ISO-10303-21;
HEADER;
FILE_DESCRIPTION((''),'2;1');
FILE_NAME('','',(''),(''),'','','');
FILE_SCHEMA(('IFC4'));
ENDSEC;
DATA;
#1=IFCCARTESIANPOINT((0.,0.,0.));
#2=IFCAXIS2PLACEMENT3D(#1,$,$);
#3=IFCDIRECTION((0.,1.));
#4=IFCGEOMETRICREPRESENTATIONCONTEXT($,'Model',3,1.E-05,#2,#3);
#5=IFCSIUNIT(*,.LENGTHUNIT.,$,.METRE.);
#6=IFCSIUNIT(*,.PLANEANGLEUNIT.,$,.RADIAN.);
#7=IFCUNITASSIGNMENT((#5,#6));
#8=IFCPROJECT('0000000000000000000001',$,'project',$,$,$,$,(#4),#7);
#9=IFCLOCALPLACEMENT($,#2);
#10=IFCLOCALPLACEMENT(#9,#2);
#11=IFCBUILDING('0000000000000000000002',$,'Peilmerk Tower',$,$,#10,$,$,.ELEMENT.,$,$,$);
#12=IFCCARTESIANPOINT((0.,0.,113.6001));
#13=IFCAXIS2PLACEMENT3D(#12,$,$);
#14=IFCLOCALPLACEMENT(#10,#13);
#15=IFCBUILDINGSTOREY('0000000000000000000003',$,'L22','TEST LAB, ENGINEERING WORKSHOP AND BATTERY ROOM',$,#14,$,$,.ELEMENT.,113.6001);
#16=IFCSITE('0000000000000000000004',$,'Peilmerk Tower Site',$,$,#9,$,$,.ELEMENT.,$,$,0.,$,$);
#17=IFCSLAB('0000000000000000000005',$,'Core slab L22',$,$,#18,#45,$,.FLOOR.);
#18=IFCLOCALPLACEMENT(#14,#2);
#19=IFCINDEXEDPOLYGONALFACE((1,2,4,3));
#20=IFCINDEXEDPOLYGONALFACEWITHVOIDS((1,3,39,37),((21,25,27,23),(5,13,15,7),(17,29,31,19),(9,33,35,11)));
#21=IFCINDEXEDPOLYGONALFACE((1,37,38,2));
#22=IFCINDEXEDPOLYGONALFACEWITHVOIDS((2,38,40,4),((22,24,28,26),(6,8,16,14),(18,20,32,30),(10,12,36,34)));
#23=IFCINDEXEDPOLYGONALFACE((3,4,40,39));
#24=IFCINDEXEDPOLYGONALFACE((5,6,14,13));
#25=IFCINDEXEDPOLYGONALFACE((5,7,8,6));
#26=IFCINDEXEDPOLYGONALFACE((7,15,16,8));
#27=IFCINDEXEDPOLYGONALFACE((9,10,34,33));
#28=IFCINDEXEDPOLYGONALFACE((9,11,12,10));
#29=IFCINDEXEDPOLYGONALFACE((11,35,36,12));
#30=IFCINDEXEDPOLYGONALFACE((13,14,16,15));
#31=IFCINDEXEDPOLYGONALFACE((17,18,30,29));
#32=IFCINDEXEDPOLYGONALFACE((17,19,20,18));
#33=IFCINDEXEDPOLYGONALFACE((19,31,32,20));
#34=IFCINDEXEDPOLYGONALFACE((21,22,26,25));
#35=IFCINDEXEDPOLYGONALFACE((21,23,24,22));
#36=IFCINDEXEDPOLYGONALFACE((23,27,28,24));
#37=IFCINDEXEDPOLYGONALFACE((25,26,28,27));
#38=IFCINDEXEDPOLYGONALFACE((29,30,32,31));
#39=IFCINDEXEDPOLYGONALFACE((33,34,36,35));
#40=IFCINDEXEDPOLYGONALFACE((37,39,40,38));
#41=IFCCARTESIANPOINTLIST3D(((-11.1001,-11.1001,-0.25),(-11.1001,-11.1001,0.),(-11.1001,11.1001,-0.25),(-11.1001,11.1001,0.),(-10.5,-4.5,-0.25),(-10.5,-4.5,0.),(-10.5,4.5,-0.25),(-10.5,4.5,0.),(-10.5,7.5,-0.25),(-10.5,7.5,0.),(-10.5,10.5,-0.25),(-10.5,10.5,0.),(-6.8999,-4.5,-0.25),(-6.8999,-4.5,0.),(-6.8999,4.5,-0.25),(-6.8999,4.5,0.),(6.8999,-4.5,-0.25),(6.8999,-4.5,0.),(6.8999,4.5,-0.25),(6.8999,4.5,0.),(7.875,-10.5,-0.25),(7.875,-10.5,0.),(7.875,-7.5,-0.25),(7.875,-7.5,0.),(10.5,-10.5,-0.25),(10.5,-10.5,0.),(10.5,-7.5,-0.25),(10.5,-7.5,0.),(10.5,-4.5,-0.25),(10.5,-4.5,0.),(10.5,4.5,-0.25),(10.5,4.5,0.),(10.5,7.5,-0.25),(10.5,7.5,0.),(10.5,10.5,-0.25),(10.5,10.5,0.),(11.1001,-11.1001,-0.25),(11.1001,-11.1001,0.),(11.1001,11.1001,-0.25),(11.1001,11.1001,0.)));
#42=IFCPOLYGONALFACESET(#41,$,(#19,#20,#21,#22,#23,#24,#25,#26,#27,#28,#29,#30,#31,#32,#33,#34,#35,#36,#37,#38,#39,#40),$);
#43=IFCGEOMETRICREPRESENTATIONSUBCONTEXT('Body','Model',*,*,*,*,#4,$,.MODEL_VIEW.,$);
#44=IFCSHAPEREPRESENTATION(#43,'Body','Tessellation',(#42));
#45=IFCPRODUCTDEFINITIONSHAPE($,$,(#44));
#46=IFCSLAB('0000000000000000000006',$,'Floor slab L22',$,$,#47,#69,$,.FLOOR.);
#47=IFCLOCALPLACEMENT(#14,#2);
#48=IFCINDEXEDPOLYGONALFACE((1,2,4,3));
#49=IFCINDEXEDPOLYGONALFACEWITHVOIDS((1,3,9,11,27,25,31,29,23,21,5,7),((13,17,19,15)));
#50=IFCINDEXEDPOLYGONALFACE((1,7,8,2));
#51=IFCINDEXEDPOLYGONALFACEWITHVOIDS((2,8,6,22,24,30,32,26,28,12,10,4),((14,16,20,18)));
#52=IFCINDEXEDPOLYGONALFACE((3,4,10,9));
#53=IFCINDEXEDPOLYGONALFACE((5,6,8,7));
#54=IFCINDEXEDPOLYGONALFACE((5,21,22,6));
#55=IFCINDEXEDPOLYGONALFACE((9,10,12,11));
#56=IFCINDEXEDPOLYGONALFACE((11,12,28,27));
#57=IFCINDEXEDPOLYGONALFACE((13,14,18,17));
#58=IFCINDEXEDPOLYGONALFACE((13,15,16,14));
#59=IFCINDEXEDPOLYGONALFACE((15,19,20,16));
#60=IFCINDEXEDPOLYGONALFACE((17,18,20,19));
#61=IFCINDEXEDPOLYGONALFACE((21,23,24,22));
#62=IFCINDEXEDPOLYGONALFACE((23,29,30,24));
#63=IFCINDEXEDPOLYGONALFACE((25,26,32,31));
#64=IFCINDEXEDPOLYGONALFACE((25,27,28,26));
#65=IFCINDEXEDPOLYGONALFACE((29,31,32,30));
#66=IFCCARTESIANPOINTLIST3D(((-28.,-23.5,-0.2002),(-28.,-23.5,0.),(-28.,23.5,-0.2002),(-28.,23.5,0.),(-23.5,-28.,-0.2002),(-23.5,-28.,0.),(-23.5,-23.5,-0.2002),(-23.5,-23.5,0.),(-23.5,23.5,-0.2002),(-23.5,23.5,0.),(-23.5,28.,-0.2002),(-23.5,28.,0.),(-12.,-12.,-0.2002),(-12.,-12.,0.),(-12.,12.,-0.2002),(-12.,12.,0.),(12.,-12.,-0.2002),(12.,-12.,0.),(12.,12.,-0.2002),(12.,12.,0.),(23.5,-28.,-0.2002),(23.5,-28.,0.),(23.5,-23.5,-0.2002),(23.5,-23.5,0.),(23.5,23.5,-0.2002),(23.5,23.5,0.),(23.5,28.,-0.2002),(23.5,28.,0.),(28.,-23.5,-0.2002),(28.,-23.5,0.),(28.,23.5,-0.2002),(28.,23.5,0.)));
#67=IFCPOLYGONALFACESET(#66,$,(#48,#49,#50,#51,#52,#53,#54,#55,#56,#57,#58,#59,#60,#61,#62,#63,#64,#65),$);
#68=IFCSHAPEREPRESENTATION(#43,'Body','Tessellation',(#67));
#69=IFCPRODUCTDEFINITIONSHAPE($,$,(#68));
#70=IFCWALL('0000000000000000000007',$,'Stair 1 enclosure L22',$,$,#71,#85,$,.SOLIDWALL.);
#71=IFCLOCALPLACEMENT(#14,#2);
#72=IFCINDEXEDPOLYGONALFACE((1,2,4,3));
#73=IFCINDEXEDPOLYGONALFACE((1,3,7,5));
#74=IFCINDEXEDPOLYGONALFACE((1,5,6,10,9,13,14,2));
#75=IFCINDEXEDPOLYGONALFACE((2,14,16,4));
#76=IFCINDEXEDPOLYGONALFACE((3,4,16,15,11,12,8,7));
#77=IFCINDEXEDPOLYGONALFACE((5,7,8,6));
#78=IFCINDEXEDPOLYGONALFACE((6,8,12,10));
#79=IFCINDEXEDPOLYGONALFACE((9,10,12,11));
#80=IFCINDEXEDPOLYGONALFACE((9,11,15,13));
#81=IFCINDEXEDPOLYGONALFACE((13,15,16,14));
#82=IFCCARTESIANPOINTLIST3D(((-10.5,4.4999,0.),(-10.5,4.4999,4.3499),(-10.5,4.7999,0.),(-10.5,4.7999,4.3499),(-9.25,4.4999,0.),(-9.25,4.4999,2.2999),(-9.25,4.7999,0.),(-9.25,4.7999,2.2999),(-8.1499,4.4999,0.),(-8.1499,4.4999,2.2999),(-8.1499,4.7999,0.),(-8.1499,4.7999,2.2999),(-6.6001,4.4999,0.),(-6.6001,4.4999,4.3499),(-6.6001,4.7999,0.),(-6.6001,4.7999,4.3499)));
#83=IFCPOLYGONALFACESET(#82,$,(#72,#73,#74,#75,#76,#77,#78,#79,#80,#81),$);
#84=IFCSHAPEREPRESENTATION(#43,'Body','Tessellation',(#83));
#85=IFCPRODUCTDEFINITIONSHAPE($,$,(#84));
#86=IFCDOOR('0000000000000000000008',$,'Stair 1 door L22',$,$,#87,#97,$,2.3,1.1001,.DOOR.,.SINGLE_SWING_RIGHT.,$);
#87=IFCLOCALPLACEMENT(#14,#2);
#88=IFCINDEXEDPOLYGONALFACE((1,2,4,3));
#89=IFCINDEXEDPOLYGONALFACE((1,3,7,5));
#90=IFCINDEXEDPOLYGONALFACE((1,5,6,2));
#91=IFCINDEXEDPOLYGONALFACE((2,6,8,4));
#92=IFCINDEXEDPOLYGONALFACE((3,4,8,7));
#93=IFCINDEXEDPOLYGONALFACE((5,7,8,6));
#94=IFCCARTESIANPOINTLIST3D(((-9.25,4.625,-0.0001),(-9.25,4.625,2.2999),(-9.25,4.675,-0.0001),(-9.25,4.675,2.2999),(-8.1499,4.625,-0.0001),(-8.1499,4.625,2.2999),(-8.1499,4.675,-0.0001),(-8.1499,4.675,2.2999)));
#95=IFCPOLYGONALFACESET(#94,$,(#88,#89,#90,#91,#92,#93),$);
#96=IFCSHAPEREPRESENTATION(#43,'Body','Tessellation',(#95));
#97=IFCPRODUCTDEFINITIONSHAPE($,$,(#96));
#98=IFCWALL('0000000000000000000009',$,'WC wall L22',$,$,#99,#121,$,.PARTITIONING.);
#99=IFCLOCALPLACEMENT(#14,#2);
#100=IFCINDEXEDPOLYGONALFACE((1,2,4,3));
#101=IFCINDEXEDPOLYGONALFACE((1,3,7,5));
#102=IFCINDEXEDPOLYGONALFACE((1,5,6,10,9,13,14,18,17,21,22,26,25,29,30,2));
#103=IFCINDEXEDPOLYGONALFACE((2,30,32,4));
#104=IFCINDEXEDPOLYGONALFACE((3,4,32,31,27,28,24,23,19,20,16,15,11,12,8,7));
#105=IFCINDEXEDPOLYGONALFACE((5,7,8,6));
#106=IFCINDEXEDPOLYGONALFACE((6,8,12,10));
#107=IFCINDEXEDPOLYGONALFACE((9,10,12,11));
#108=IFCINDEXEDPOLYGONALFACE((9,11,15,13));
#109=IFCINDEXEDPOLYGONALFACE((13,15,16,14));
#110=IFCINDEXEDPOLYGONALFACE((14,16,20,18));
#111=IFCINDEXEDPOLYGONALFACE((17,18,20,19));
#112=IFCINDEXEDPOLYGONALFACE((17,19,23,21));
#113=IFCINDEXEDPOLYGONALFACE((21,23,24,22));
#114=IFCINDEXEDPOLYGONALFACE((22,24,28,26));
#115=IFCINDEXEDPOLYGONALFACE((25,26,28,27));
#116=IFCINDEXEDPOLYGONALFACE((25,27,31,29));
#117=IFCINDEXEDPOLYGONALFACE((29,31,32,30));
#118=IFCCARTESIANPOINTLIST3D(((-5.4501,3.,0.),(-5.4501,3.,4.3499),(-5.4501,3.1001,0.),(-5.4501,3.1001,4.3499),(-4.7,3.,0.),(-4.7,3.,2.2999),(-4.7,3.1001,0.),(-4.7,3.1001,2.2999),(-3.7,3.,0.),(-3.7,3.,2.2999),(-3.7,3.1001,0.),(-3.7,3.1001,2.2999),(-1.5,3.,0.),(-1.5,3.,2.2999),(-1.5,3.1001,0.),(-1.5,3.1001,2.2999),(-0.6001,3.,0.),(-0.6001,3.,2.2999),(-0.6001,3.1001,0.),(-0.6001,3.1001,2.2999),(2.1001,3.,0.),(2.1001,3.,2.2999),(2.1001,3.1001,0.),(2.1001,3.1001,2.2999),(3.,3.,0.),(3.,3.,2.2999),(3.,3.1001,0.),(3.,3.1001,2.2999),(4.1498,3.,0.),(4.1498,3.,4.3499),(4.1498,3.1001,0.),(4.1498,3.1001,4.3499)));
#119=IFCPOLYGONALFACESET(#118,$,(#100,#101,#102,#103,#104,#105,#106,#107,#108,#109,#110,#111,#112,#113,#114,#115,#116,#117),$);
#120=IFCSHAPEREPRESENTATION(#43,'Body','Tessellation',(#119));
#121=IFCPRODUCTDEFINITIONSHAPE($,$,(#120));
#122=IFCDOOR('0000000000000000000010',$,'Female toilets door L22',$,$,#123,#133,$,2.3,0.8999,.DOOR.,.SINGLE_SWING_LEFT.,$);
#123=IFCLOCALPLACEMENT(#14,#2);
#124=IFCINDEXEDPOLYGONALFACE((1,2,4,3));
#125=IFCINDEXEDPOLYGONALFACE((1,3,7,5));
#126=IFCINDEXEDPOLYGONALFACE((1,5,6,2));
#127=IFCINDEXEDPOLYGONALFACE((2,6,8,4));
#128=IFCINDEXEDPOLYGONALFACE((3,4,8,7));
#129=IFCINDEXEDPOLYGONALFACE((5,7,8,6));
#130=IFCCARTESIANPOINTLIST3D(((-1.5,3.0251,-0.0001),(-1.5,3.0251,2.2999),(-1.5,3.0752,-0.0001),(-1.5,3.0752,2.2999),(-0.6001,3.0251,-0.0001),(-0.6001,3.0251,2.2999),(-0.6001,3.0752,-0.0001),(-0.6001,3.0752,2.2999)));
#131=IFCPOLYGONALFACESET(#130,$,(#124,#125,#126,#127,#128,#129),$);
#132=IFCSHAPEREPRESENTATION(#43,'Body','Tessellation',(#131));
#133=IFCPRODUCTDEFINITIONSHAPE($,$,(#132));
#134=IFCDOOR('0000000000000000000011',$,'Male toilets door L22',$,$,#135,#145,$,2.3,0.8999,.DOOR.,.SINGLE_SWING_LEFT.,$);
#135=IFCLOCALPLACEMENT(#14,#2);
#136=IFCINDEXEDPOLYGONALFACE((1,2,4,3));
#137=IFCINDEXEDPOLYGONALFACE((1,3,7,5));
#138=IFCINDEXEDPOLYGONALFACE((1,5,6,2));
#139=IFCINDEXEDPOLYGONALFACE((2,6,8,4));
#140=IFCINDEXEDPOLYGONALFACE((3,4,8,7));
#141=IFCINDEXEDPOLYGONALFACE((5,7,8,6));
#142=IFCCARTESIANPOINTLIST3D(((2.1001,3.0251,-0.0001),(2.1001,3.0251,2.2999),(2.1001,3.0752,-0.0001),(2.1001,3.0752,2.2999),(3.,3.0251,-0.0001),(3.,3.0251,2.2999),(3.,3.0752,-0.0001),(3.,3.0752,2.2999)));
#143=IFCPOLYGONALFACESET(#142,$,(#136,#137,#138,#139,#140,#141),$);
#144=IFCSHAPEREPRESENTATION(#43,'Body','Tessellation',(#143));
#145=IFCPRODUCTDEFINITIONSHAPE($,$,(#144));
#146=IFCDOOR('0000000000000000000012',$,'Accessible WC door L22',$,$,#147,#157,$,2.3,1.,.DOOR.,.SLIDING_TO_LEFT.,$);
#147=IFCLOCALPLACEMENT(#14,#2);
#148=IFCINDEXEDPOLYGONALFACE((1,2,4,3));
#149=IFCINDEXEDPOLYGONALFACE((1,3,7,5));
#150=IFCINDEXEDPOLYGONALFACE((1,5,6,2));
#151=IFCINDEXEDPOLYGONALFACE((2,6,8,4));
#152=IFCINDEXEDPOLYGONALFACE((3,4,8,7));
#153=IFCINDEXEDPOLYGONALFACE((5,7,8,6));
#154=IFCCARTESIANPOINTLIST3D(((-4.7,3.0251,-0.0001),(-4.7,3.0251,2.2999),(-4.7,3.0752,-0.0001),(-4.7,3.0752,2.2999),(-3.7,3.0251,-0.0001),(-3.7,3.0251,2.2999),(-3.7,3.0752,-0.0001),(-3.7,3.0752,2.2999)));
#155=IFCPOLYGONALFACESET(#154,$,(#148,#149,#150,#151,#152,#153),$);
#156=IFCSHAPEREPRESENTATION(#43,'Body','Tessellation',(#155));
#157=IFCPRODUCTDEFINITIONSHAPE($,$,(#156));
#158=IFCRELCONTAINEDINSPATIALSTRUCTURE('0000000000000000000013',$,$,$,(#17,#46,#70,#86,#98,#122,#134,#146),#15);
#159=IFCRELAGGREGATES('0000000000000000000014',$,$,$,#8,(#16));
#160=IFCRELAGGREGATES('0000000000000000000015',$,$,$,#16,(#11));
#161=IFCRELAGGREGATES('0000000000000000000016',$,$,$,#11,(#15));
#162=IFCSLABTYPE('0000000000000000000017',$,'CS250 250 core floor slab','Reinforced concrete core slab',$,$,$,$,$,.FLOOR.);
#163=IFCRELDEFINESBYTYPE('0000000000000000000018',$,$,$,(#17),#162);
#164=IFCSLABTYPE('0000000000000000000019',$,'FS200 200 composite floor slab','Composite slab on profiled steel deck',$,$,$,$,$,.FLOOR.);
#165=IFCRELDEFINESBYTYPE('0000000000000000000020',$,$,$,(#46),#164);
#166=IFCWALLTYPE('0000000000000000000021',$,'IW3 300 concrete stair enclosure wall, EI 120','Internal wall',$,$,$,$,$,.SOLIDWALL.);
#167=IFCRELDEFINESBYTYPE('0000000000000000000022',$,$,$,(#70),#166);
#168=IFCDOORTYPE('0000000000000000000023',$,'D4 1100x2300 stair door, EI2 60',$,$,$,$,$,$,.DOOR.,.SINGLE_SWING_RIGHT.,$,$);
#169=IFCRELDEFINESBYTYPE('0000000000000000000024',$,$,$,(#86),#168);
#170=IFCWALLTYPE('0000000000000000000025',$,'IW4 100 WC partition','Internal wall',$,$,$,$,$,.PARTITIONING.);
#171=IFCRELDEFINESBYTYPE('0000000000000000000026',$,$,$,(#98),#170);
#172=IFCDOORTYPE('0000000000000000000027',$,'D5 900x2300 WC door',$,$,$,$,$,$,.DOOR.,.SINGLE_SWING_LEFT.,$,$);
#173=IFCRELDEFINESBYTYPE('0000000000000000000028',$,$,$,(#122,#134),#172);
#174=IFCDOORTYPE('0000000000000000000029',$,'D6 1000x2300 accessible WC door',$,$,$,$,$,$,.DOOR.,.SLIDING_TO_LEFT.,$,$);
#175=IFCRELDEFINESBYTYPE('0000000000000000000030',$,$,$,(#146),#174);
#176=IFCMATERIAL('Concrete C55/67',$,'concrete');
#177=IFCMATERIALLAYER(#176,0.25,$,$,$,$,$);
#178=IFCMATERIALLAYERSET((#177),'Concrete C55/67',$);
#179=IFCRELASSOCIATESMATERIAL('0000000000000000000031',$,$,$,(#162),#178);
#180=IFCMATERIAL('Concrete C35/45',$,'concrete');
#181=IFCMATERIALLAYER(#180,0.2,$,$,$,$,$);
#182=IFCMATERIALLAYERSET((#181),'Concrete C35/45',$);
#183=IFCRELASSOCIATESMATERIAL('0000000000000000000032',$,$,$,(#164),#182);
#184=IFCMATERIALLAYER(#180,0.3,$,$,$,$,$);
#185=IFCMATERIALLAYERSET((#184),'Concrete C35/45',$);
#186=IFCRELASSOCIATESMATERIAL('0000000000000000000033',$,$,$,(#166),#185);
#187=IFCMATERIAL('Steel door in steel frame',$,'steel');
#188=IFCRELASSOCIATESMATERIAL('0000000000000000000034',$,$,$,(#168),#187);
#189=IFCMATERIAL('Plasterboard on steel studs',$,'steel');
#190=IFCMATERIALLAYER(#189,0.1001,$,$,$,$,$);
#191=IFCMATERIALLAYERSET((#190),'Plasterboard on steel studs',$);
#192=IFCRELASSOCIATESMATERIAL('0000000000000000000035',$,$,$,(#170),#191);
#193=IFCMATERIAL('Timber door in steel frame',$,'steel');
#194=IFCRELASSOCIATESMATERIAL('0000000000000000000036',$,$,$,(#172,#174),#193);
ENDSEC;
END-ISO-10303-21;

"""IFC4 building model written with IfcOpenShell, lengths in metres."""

from ifc_helpers import new_model, si_unit, direction, frame, frame_2d, origin, place, context, subcontext, project, spatial, polyline, rectangle, outline, extrude, material, layer, layer_set, type_object, element, fill, save


model = new_model("IFC4")

# Units and contexts
model_context = context("Model", 3, precision=1e-05, world=origin(), true_north=direction((0.0, 1.0)))
body_context = subcontext(model_context, "Body", "Model", "MODEL_VIEW")
ifc_project = project(units=[si_unit("LENGTHUNIT", "METRE"), si_unit("PLANEANGLEUNIT", "RADIAN")], contexts=[model_context])

# Site, building, storey
site_placement = place(None, origin())
site = spatial("IfcSite", under=ifc_project, at=site_placement, Name="Peilmerk Tower Site", CompositionType="ELEMENT", RefElevation=0.0)
building_placement = place(site_placement, origin())
building = spatial("IfcBuilding", under=site, at=building_placement, Name="Peilmerk Tower", CompositionType="ELEMENT")
storey_placement = place(building_placement, frame((0.0, 0.0, 113.6001)))
storey = spatial("IfcBuildingStorey", under=building, at=storey_placement, Name="L22", Description="TEST LAB, ENGINEERING WORKSHOP AND BATTERY ROOM", CompositionType="ELEMENT", Elevation=113.6001)

# Slabs
ifc_material_1 = material(Name="Concrete C55/67", Category="concrete")
ifc_layer_1 = layer(ifc_material_1, 0.25)
ifc_layer_set_1 = layer_set([ifc_layer_1], Name="Concrete C55/67")
slab_type_1 = type_object("IfcSlabType", Name="CS250 250 core floor slab", Description="Reinforced concrete core slab", PredefinedType="FLOOR", material=ifc_layer_set_1)
slab_1_placement = place(storey_placement, frame((0.0, 0.0, -0.25)))
element("IfcSlab", 1, at=slab_1_placement, inside=storey, type_object=slab_type_1, Name="Core slab L22", PredefinedType="FLOOR", context=body_context, shape_type="SweptSolid", body=[
    extrude(outline(polyline([(-11.1001, 11.1001), (-11.1001, -11.1001), (11.1001, -11.1001), (11.1001, 11.1001), (-11.1001, 11.1001)]), holes=[polyline([(10.5, 7.5), (-10.5, 7.5), (-10.5, 10.5), (10.5, 10.5), (10.5, 7.5)]), polyline([(7.875, -10.5), (7.875, -7.5), (10.5, -7.5), (10.5, -10.5), (7.875, -10.5)]), polyline([(-10.5, 4.5), (-6.8999, 4.5), (-6.8999, -4.5), (-10.5, -4.5), (-10.5, 4.5)]), polyline([(10.5, 4.5), (10.5, -4.5), (6.8999, -4.5), (6.8999, 4.5), (10.5, 4.5)])]), origin(), (0.0, 0.0, 1.0), 0.25),
])
ifc_material_2 = material(Name="Concrete C35/45", Category="concrete")
ifc_layer_2 = layer(ifc_material_2, 0.2)
ifc_layer_set_2 = layer_set([ifc_layer_2], Name="Concrete C35/45")
slab_type_2 = type_object("IfcSlabType", Name="FS200 200 composite floor slab", Description="Composite slab on profiled steel deck", PredefinedType="FLOOR", material=ifc_layer_set_2)
slab_2_placement = place(storey_placement, frame((0.0, 0.0, -0.2002)))
element("IfcSlab", 2, at=slab_2_placement, inside=storey, type_object=slab_type_2, Name="Floor slab L22", PredefinedType="FLOOR", context=body_context, shape_type="SweptSolid", body=[
    extrude(outline(polyline([(-23.5, -28.0), (23.5, -28.0), (23.5, -23.5), (28.0, -23.5), (28.0, 23.5), (23.5, 23.5), (23.5, 28.0), (-23.5, 28.0), (-23.5, 23.5), (-28.0, 23.5), (-28.0, -23.5), (-23.5, -23.5), (-23.5, -28.0)]), holes=[polyline([(12.0, 12.0), (12.0, -12.0), (-12.0, -12.0), (-12.0, 12.0), (12.0, 12.0)])]), origin(), (0.0, 0.0, 1.0), 0.2002),
])

# Wall, opening, door
ifc_layer_3 = layer(ifc_material_2, 0.3)
ifc_layer_set_3 = layer_set([ifc_layer_3], Name="Concrete C35/45")
wall_type_1 = type_object("IfcWallType", Name="IW3 300 concrete stair enclosure wall, EI 120", Description="Internal wall", PredefinedType="SOLIDWALL", material=ifc_layer_set_3)
wall_1_placement = place(storey_placement, frame((-10.5, 4.6499, 0.0), z_axis=(0.0, 0.0, 1.0), x_axis=(1.0, 0.0, 0.0)))
wall_1 = element("IfcWall", 3, at=wall_1_placement, inside=storey, type_object=wall_type_1, Name="Stair 1 enclosure L22", PredefinedType="SOLIDWALL", context=body_context, shape_type="SweptSolid", body=[
    extrude(rectangle(XDim=3.8999, YDim=0.3, at=frame_2d((1.95, 0.0))), origin(), (0.0, 0.0, 1.0), 4.3499),
])
opening_1_placement = place(wall_1_placement, frame((1.25, 0.0, 0.0)))
opening_1 = element("IfcOpeningElement", 4, at=opening_1_placement, cuts=wall_1, PredefinedType="OPENING", context=body_context, shape_type="SweptSolid", body=[
    extrude(rectangle(XDim=1.1001, YDim=2.3, at=frame_2d((0.55, 1.1499))), frame((0.0, 0.1599, 0.0), z_axis=(0.0, -1.0, 0.0), x_axis=(1.0, 0.0, 0.0)), (0.0, 0.0, 1.0), 0.3201),
])
ifc_material_3 = material(Name="Steel door in steel frame", Category="steel")
door_type_1 = type_object("IfcDoorType", Name="D4 1100x2300 stair door, EI2 60", OperationType="SINGLE_SWING_RIGHT", PredefinedType="DOOR", material=ifc_material_3)
door_1_placement = place(opening_1_placement, frame((1.1001, 0.0, 0.0), z_axis=(0.0, 0.0, 1.0), x_axis=(-1.0, 0.0, 0.0)))
door_1 = element("IfcDoor", 5, at=door_1_placement, inside=storey, type_object=door_type_1, Name="Stair 1 door L22", OperationType="SINGLE_SWING_RIGHT", OverallHeight=2.3, OverallWidth=1.1001, PredefinedType="DOOR", context=body_context, shape_type="SweptSolid", body=[
    extrude(rectangle(XDim=1.1001, YDim=2.3, at=frame_2d((0.55, 1.1499))), frame((0.0, 0.0249, 0.0), z_axis=(0.0, -1.0, 0.0), x_axis=(1.0, 0.0, 0.0)), (0.0, 0.0, 1.0), 0.05),
])
fill(opening_1, door_1)

# Wall, openings, doors
ifc_material_4 = material(Name="Plasterboard on steel studs", Category="steel")
ifc_layer_4 = layer(ifc_material_4, 0.1001)
ifc_layer_set_4 = layer_set([ifc_layer_4], Name="Plasterboard on steel studs")
wall_type_2 = type_object("IfcWallType", Name="IW4 100 WC partition", Description="Internal wall", PredefinedType="PARTITIONING", material=ifc_layer_set_4)
wall_2_placement = place(storey_placement, frame((-5.45, 3.05, 0.0), z_axis=(0.0, 0.0, 1.0), x_axis=(1.0, 0.0, 0.0)))
wall_2 = element("IfcWall", 6, at=wall_2_placement, inside=storey, type_object=wall_type_2, Name="WC wall L22", PredefinedType="PARTITIONING", context=body_context, shape_type="SweptSolid", body=[
    extrude(rectangle(XDim=9.5999, YDim=0.1001, at=frame_2d((4.7998, 0.0))), origin(), (0.0, 0.0, 1.0), 4.3499),
])
opening_2_placement = place(wall_2_placement, frame((0.75, 0.0, 0.0)))
opening_2 = element("IfcOpeningElement", 7, at=opening_2_placement, cuts=wall_2, PredefinedType="OPENING", context=body_context, shape_type="SweptSolid", body=[
    extrude(rectangle(XDim=1.0, YDim=2.3, at=frame_2d((0.5, 1.1499))), frame((0.0, 0.0601, 0.0), z_axis=(0.0, -1.0, 0.0), x_axis=(1.0, 0.0, 0.0)), (0.0, 0.0, 1.0), 0.1201),
])
opening_3_placement = place(wall_2_placement, frame((3.95, 0.0, 0.0)))
opening_3 = element("IfcOpeningElement", 8, at=opening_3_placement, cuts=wall_2, PredefinedType="OPENING", context=body_context, shape_type="SweptSolid", body=[
    extrude(rectangle(XDim=0.8999, YDim=2.3, at=frame_2d((0.45, 1.1499))), frame((0.0, 0.0601, 0.0), z_axis=(0.0, -1.0, 0.0), x_axis=(1.0, 0.0, 0.0)), (0.0, 0.0, 1.0), 0.1201),
])
opening_4_placement = place(wall_2_placement, frame((7.55, 0.0, 0.0)))
opening_4 = element("IfcOpeningElement", 9, at=opening_4_placement, cuts=wall_2, PredefinedType="OPENING", context=body_context, shape_type="SweptSolid", body=[
    extrude(rectangle(XDim=0.8999, YDim=2.3, at=frame_2d((0.45, 1.1499))), frame((0.0, 0.0601, 0.0), z_axis=(0.0, -1.0, 0.0), x_axis=(1.0, 0.0, 0.0)), (0.0, 0.0, 1.0), 0.1201),
])
ifc_material_5 = material(Name="Timber door in steel frame", Category="steel")
door_type_2 = type_object("IfcDoorType", Name="D5 900x2300 WC door", OperationType="SINGLE_SWING_LEFT", PredefinedType="DOOR", material=ifc_material_5)
door_2_placement = place(opening_3_placement, frame((0.8999, 0.0, 0.0), z_axis=(0.0, 0.0, 1.0), x_axis=(-1.0, 0.0, 0.0)))
door_2 = element("IfcDoor", 10, at=door_2_placement, inside=storey, type_object=door_type_2, Name="Female toilets door L22", OperationType="SINGLE_SWING_LEFT", OverallHeight=2.3, OverallWidth=0.8999, PredefinedType="DOOR", context=body_context, shape_type="SweptSolid", body=[
    extrude(rectangle(XDim=0.8999, YDim=2.3, at=frame_2d((0.45, 1.1499))), frame((0.0, 0.0249, 0.0), z_axis=(0.0, -1.0, 0.0), x_axis=(1.0, 0.0, 0.0)), (0.0, 0.0, 1.0), 0.05),
])
fill(opening_3, door_2)
door_3_placement = place(opening_4_placement, frame((0.8999, 0.0, 0.0), z_axis=(0.0, 0.0, 1.0), x_axis=(-1.0, 0.0, 0.0)))
door_3 = element("IfcDoor", 11, at=door_3_placement, inside=storey, type_object=door_type_2, Name="Male toilets door L22", OperationType="SINGLE_SWING_LEFT", OverallHeight=2.3, OverallWidth=0.8999, PredefinedType="DOOR", context=body_context, shape_type="SweptSolid", body=[
    extrude(rectangle(XDim=0.8999, YDim=2.3, at=frame_2d((0.45, 1.1499))), frame((0.0, 0.0249, 0.0), z_axis=(0.0, -1.0, 0.0), x_axis=(1.0, 0.0, 0.0)), (0.0, 0.0, 1.0), 0.05),
])
fill(opening_4, door_3)
door_type_3 = type_object("IfcDoorType", Name="D6 1000x2300 accessible WC door", OperationType="SLIDING_TO_LEFT", PredefinedType="DOOR", material=ifc_material_5)
door_4_placement = place(opening_2_placement, frame((1.0, 0.0, 0.0), z_axis=(0.0, 0.0, 1.0), x_axis=(-1.0, 0.0, 0.0)))
door_4 = element("IfcDoor", 12, at=door_4_placement, inside=storey, type_object=door_type_3, Name="Accessible WC door L22", OperationType="SLIDING_TO_LEFT", OverallHeight=2.3, OverallWidth=1.0, PredefinedType="DOOR", context=body_context, shape_type="SweptSolid", body=[
    extrude(rectangle(XDim=1.0, YDim=2.3, at=frame_2d((0.5, 1.1499))), frame((0.0, 0.0249, 0.0), z_axis=(0.0, -1.0, 0.0), x_axis=(1.0, 0.0, 0.0)), (0.0, 0.0, 1.0), 0.05),
])
fill(opening_2, door_4)

save(model, "model.ifc")
